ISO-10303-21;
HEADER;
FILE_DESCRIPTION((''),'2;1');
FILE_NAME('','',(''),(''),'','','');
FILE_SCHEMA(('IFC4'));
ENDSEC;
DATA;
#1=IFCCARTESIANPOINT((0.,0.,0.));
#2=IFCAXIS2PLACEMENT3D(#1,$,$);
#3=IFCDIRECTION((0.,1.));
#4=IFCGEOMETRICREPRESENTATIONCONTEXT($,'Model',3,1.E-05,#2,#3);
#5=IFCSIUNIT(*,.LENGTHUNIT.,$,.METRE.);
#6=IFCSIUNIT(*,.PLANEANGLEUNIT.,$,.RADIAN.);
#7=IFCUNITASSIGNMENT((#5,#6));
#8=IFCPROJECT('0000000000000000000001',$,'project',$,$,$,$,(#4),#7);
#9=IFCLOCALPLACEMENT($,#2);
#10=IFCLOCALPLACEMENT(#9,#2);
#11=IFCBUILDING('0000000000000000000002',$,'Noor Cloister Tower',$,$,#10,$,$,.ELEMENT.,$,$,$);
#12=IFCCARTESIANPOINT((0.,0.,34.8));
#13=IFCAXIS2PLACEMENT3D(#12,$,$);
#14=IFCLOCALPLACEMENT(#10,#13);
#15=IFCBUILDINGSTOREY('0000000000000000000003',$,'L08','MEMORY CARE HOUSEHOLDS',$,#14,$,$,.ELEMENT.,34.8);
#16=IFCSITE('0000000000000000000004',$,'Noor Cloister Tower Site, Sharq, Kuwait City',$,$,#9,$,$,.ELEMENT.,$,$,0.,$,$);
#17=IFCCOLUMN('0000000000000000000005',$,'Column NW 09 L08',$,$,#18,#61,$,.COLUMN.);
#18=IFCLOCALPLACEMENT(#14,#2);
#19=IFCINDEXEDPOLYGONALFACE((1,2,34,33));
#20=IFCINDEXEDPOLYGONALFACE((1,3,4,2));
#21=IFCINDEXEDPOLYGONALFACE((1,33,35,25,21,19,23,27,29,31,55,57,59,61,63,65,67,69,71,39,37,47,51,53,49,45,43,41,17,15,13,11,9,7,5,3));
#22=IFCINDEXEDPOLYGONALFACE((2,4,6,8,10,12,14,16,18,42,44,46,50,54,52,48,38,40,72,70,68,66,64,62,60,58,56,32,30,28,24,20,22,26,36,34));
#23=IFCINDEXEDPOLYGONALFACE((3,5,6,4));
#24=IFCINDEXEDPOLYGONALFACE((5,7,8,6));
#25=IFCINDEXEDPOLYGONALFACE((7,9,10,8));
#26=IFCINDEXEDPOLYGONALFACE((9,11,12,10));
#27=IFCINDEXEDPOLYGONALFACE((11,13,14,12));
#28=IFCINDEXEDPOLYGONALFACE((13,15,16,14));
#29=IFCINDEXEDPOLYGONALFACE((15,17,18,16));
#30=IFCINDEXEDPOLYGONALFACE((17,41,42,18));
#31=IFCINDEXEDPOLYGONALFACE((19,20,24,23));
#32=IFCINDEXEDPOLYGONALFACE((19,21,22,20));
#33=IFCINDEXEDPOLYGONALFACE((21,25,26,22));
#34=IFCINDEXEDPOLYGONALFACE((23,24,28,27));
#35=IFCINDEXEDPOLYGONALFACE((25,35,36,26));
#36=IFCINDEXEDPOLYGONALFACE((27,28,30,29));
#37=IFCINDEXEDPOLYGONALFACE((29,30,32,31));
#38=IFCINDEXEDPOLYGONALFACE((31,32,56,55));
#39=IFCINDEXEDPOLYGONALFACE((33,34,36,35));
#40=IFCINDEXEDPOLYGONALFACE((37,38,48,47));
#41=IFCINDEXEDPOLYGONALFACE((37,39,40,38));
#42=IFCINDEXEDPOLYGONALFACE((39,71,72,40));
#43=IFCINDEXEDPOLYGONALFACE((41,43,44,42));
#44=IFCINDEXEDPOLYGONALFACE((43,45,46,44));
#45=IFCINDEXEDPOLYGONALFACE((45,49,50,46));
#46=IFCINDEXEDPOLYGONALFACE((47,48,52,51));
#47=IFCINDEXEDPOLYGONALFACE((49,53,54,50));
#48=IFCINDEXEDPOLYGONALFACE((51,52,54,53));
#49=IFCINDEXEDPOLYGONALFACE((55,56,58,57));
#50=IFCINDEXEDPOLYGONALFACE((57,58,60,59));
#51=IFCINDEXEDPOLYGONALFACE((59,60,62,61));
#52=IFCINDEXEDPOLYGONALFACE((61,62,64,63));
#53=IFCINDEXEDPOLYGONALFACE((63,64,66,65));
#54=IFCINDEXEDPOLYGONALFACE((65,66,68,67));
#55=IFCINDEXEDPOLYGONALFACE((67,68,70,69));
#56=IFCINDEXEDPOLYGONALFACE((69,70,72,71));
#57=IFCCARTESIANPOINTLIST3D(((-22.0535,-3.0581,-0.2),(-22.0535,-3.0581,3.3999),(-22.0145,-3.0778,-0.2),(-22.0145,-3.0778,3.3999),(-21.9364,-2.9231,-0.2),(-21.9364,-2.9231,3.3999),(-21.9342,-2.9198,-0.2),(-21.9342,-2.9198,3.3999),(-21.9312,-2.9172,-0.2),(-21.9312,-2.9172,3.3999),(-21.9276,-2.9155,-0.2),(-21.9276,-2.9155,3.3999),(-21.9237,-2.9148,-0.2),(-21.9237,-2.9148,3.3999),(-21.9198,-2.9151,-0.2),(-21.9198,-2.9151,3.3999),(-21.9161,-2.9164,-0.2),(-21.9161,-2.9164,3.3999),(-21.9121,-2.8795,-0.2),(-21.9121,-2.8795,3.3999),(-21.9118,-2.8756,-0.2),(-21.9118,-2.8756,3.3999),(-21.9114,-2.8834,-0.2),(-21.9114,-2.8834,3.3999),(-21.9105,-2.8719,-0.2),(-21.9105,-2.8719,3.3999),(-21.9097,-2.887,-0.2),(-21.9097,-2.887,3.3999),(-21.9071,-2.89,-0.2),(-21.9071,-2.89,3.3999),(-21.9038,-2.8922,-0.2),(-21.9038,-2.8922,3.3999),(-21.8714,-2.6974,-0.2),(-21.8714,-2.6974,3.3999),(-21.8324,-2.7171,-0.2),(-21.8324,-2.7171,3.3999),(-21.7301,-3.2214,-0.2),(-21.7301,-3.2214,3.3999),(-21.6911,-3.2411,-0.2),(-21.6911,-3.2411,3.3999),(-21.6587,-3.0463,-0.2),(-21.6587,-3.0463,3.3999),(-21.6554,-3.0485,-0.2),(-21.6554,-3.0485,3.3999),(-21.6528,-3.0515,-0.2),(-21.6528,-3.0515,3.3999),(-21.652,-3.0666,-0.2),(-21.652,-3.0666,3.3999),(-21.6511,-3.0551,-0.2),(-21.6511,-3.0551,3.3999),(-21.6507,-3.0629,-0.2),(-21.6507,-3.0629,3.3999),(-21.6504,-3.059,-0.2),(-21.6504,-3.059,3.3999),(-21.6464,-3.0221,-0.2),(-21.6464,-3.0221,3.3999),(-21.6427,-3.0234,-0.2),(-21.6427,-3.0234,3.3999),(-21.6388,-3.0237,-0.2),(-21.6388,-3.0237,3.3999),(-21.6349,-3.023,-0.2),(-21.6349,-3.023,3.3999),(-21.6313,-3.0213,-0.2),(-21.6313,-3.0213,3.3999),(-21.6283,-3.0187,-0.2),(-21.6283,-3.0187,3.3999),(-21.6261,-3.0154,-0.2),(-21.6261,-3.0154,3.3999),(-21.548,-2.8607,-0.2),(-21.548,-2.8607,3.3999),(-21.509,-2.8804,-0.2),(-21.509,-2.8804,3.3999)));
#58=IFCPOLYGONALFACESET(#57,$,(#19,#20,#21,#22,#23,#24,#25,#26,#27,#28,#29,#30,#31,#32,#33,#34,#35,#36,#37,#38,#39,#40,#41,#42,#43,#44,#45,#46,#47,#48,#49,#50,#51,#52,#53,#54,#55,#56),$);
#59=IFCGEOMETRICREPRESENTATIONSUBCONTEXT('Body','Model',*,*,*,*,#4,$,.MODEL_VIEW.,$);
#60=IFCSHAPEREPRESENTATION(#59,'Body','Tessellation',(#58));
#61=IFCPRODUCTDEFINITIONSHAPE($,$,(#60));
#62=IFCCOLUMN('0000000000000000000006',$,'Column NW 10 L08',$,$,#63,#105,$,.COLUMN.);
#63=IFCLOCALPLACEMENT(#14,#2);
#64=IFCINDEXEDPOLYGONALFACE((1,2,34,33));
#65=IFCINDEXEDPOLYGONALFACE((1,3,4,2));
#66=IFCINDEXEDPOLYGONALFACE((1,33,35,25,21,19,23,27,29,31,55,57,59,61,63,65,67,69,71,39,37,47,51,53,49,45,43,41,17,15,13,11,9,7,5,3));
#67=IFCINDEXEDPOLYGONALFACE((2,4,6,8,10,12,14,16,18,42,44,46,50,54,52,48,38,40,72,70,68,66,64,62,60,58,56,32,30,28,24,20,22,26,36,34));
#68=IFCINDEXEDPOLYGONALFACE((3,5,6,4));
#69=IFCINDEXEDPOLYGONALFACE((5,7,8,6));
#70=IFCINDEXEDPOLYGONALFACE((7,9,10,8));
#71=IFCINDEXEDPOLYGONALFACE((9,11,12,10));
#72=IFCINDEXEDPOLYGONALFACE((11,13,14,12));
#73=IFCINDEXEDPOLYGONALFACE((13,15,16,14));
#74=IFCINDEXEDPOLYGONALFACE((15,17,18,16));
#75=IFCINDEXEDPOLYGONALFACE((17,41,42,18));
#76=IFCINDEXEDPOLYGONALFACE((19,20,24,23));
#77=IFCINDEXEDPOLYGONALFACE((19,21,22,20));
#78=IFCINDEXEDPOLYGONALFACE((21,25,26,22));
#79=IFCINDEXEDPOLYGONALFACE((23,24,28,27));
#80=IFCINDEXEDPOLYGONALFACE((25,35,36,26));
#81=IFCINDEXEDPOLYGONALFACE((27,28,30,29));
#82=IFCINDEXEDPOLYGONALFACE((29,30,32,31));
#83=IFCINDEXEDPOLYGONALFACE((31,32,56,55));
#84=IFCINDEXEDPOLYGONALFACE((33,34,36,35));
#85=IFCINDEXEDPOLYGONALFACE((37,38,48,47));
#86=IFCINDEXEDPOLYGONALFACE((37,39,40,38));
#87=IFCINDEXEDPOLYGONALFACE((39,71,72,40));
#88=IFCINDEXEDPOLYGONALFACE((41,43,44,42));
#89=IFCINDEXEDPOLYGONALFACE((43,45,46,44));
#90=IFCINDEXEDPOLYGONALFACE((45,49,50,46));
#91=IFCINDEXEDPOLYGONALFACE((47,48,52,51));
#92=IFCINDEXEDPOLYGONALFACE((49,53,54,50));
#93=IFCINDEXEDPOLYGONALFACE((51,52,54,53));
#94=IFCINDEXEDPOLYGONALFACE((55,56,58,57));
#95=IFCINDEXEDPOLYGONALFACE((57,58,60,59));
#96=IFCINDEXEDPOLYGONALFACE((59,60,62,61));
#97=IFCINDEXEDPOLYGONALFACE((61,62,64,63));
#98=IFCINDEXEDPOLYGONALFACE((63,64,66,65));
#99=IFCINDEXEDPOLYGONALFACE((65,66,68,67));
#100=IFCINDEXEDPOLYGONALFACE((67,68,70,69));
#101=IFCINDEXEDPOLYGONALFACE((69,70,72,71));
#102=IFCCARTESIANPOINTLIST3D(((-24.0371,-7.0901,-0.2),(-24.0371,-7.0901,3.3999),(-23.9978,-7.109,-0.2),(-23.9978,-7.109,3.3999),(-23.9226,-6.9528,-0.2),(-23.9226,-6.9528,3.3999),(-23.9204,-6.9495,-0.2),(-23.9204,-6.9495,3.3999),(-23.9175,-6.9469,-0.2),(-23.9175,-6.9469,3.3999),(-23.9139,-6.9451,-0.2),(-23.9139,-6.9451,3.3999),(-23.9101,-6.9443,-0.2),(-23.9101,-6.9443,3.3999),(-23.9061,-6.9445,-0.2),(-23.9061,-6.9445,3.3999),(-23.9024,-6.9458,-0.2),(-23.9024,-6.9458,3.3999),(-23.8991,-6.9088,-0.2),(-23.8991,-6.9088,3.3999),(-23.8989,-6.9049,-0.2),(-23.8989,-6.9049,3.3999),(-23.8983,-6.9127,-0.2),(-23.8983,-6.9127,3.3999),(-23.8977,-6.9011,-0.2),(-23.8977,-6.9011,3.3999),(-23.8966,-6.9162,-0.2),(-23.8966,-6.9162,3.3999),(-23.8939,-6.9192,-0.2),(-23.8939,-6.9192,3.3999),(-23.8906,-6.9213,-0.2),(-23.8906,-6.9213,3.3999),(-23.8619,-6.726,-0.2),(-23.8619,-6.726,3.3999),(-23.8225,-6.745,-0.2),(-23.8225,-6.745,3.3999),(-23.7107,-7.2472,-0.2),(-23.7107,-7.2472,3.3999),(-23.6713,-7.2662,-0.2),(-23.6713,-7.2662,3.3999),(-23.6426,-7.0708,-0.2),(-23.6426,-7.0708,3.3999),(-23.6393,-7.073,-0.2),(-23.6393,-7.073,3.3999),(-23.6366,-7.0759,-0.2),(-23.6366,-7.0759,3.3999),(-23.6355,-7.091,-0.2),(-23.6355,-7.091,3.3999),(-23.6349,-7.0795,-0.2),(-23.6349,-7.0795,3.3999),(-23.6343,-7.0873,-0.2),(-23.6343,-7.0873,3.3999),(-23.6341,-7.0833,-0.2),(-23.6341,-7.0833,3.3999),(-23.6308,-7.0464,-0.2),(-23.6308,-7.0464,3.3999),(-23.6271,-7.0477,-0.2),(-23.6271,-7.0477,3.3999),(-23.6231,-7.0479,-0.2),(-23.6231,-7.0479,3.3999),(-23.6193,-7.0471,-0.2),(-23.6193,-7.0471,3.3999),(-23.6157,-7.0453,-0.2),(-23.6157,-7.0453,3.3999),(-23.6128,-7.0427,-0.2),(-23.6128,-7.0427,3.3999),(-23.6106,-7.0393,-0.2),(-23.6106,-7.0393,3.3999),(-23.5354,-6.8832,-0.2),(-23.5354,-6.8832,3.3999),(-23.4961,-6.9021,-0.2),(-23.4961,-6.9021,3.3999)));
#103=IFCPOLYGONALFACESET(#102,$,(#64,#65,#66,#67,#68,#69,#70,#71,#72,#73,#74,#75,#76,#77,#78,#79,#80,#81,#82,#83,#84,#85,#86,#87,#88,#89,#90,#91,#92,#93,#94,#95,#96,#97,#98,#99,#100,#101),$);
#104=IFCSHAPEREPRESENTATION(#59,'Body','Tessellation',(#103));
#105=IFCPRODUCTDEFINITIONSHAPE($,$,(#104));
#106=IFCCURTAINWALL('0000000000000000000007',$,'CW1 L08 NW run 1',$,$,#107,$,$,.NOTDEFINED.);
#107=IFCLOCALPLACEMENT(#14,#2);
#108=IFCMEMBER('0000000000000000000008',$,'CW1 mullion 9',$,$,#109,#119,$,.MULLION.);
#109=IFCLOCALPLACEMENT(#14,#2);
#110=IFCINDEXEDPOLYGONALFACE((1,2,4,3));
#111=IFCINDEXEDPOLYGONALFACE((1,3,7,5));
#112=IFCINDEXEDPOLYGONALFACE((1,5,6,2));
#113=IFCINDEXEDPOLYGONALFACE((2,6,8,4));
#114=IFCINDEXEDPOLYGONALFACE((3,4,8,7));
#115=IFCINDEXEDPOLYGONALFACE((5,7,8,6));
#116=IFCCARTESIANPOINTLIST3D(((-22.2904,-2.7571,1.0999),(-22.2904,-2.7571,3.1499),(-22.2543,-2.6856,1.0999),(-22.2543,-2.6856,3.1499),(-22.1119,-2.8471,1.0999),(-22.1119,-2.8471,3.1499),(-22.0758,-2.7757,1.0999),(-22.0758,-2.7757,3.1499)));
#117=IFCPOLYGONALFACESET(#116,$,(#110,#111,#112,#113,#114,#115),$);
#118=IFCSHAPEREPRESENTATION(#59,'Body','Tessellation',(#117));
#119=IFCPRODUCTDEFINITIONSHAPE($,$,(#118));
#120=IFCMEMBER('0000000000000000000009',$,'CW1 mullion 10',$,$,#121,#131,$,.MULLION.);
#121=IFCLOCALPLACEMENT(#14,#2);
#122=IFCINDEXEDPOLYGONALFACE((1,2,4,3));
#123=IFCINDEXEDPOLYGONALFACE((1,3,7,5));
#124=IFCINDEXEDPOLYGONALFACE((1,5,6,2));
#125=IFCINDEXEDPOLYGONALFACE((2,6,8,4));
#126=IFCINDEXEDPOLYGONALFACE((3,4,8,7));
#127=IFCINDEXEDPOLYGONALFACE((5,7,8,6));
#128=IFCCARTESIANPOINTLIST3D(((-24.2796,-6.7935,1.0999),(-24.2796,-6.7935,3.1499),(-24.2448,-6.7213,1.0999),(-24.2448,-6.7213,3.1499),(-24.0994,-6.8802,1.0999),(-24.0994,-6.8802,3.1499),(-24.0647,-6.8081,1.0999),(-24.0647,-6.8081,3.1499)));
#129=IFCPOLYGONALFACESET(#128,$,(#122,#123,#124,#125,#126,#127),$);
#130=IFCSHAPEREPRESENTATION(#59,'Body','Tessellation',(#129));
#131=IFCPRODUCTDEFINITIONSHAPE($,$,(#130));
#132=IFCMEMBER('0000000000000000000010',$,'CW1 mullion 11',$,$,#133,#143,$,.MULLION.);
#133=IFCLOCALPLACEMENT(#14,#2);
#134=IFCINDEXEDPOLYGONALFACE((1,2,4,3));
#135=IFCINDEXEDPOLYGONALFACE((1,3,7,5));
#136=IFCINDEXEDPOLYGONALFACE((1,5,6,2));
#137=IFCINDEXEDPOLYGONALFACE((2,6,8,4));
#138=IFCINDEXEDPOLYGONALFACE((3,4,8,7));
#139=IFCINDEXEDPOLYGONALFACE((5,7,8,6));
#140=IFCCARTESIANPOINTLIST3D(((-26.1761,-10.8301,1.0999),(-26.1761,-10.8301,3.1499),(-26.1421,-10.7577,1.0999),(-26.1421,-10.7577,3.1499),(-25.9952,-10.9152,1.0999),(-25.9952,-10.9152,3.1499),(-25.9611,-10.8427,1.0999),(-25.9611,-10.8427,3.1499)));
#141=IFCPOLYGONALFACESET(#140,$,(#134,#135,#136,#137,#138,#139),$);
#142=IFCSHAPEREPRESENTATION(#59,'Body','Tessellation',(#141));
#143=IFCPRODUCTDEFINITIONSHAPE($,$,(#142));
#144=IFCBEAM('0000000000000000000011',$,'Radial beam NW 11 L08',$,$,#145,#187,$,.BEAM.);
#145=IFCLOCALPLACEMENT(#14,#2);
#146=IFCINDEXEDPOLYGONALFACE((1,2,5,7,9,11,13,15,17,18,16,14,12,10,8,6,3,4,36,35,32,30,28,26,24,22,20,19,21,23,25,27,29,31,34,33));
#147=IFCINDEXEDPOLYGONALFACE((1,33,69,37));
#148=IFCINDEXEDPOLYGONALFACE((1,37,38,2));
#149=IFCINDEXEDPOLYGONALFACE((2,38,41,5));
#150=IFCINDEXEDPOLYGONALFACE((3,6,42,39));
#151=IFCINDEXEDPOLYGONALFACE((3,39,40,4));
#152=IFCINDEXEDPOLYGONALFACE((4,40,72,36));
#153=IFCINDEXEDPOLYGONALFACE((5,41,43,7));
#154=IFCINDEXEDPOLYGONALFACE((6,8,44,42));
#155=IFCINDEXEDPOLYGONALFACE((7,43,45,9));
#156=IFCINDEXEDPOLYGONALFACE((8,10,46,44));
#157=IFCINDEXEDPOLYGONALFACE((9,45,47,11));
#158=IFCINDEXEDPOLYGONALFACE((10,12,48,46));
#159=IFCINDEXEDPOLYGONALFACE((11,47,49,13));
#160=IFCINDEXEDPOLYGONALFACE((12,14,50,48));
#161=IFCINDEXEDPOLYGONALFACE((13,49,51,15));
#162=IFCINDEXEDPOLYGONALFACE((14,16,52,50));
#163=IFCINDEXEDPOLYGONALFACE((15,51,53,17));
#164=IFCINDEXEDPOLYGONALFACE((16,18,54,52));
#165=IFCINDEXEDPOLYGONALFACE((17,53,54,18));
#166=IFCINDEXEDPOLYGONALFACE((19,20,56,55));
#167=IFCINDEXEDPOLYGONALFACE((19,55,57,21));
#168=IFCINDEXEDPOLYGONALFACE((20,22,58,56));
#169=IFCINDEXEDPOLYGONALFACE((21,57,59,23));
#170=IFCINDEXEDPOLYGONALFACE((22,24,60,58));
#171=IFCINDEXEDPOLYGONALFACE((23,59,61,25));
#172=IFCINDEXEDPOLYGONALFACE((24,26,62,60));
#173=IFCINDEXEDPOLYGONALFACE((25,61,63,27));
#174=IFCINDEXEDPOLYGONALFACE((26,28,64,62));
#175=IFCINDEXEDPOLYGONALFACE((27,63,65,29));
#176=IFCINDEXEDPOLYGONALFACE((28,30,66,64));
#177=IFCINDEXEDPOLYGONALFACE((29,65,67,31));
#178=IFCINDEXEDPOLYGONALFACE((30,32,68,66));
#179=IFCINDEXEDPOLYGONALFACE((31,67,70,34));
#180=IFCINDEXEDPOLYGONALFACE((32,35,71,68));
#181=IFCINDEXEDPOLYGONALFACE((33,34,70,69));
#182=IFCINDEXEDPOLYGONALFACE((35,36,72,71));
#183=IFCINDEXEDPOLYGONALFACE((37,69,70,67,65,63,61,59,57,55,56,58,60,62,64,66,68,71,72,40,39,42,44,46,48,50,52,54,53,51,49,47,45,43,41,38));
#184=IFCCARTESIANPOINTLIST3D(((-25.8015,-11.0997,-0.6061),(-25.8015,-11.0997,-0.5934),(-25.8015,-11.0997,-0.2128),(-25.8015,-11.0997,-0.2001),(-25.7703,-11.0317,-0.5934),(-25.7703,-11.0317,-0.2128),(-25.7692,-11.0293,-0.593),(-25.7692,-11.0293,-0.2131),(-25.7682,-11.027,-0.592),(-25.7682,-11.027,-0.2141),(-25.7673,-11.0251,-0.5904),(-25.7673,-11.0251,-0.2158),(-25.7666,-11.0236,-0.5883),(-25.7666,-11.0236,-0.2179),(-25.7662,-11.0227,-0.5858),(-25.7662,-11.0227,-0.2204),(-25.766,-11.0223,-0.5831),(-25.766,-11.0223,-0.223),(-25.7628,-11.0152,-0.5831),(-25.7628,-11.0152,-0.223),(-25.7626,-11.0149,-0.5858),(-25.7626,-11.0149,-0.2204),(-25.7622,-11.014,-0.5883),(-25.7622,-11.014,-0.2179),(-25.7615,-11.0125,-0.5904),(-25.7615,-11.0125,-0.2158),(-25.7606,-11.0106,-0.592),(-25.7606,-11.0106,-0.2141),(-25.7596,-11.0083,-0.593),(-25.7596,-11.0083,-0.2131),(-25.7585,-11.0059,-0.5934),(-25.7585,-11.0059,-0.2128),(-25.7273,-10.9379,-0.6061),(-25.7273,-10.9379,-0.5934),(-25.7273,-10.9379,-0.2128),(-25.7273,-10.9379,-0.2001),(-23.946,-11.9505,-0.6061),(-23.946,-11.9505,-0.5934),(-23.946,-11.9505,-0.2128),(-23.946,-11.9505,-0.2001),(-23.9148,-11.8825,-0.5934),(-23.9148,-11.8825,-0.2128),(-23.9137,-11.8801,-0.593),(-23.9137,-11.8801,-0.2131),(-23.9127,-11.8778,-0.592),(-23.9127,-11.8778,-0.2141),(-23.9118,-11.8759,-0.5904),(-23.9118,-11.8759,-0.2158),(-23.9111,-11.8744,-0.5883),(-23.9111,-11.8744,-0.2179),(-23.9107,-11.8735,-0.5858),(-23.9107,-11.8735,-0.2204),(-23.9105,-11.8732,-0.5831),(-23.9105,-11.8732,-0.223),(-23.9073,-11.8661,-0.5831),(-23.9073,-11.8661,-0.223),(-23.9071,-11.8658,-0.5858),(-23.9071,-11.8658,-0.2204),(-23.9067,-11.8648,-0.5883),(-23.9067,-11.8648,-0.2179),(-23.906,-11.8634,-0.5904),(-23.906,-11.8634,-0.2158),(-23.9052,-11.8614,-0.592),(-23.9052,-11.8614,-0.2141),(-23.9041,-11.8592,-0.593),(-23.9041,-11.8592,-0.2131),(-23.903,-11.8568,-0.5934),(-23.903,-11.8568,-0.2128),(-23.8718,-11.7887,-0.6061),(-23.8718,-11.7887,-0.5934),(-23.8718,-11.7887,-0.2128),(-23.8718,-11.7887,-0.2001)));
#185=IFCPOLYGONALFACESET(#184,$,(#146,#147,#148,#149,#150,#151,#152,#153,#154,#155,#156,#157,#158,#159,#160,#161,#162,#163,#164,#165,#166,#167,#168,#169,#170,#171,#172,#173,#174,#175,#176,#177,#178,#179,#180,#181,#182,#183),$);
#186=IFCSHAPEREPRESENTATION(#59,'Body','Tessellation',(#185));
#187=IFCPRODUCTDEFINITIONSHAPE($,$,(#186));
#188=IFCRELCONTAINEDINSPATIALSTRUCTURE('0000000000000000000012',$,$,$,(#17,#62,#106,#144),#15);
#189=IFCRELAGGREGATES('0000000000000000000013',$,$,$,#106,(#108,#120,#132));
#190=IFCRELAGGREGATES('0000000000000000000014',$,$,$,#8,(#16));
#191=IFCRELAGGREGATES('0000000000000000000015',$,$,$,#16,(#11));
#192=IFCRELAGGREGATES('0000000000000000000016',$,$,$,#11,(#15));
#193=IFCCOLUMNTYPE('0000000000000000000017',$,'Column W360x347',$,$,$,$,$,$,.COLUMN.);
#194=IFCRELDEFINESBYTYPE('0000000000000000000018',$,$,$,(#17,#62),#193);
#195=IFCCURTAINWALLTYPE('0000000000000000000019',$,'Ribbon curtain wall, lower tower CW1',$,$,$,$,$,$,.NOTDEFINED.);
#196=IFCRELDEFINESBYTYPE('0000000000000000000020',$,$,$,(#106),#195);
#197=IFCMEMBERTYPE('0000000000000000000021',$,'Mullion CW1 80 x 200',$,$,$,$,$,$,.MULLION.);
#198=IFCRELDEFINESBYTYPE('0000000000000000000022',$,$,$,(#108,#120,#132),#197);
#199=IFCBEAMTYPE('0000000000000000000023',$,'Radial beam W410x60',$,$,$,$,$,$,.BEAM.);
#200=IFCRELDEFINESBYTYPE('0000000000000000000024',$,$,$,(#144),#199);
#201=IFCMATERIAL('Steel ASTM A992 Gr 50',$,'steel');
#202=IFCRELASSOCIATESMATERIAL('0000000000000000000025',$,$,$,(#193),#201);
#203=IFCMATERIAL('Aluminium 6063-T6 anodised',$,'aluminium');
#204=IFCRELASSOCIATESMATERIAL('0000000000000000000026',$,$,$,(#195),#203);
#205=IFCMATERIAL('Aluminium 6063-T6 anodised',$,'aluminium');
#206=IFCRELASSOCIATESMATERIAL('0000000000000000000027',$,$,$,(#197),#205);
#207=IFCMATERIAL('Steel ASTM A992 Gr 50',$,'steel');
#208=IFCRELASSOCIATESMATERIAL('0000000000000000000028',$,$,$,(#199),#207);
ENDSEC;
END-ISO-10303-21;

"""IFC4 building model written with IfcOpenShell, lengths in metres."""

from ifc_helpers import new_model, si_unit, direction, frame, origin, origin_2d, place, context, subcontext, project, spatial, rectangle, i_section, extrude, material, material_profile, profile_set, type_object, element, aggregate, save


model = new_model("IFC4")

# Units and contexts
model_context = context("Model", 3, precision=1e-05, world=origin(), true_north=direction((0.0, 1.0)))
body_context = subcontext(model_context, "Body", "Model", "MODEL_VIEW")
ifc_project = project(units=[si_unit("LENGTHUNIT", "METRE"), si_unit("PLANEANGLEUNIT", "RADIAN")], contexts=[model_context])

# Site, building, storey
site_placement = place(None, origin())
site = spatial("IfcSite", under=ifc_project, at=site_placement, Name="Noor Cloister Tower Site, Sharq, Kuwait City", CompositionType="ELEMENT", RefElevation=0.0)
building_placement = place(site_placement, origin())
building = spatial("IfcBuilding", under=site, at=building_placement, Name="Noor Cloister Tower", CompositionType="ELEMENT")
storey_placement = place(building_placement, frame((0.0, 0.0, 34.8)))
storey = spatial("IfcBuildingStorey", under=building, at=storey_placement, Name="L08", Description="MEMORY CARE HOUSEHOLDS", CompositionType="ELEMENT", Elevation=34.8)

# Columns
ifc_material_1 = material(Name="Steel ASTM A992 Gr 50", Category="steel")
ifc_material_profile_1 = material_profile(ifc_material_1, i_section(OverallWidth=0.4041, OverallDepth=0.406, WebThickness=0.0271, FlangeThickness=0.0437, FilletRadius=0.0151, at=origin_2d()), Name="W360x347")
ifc_profile_set_1 = profile_set([ifc_material_profile_1], Name="Steel ASTM A992 Gr 50")
column_type = type_object("IfcColumnType", Name="Column W360x347", PredefinedType="COLUMN", material=ifc_profile_set_1)
for number, where, z_axis, x_axis, name in (
    (1, (-21.7812, -2.9692, -0.2), (0.0, 0.0, 1.0), (-0.450581, -0.892735, 0.0), "Column NW 09 L08"),
    (2, (-23.7666, -6.9961, -0.2), (0.0, 0.0, 1.0), (-0.433785, -0.901017, 0.0), "Column NW 10 L08"),
):
    element("IfcColumn", number, at=place(storey_placement, frame(where, z_axis=z_axis, x_axis=x_axis)), inside=storey, type_object=column_type, Name=name, PredefinedType="COLUMN", context=body_context, shape_type="SweptSolid", body=[
        extrude(i_section(OverallWidth=0.4041, OverallDepth=0.406, WebThickness=0.0271, FlangeThickness=0.0437, FilletRadius=0.0151, at=origin_2d()), origin(), (0.0, 0.0, 1.0), 3.5999),
    ])

# Curtain wall, members
ifc_material_2 = material(Name="Aluminium 6063-T6 anodised", Category="aluminium")
curtain_wall_type = type_object("IfcCurtainWallType", Name="Ribbon curtain wall, lower tower CW1", PredefinedType="NOTDEFINED", material=ifc_material_2)
curtain_wall_placement = place(storey_placement, origin())
curtain_wall = element("IfcCurtainWall", 3, at=curtain_wall_placement, inside=storey, type_object=curtain_wall_type, Name="CW1 L08 NW run 1", PredefinedType="NOTDEFINED")
ifc_material_3 = material(Name="Aluminium 6063-T6 anodised", Category="aluminium")
ifc_material_profile_2 = material_profile(ifc_material_3, rectangle(XDim=0.2, YDim=0.0801, at=origin_2d()), Name="200 x 80 mullion")
ifc_profile_set_2 = profile_set([ifc_material_profile_2], Name="Aluminium 6063-T6 anodised")
member_type = type_object("IfcMemberType", Name="Mullion CW1 80 x 200", PredefinedType="MULLION", material=ifc_profile_set_2)
member_1_placement = place(storey_placement, frame((-22.1831, -2.7664, 1.0999), z_axis=(0.0, 0.0, 1.0), x_axis=(0.892735, -0.450581, 0.0)))
member_1 = element("IfcMember", 4, at=member_1_placement, type_object=member_type, Name="CW1 mullion 9", PredefinedType="MULLION", context=body_context, shape_type="SweptSolid", body=[
    extrude(rectangle(XDim=0.2, YDim=0.0801, at=origin_2d()), origin(), (0.0, 0.0, 1.0), 2.05),
])
member_2_placement = place(storey_placement, frame((-24.1721, -6.8008, 1.0999), z_axis=(0.0, 0.0, 1.0), x_axis=(0.901017, -0.433785, 0.0)))
member_2 = element("IfcMember", 5, at=member_2_placement, type_object=member_type, Name="CW1 mullion 10", PredefinedType="MULLION", context=body_context, shape_type="SweptSolid", body=[
    extrude(rectangle(XDim=0.2, YDim=0.0801, at=origin_2d()), origin(), (0.0, 0.0, 1.0), 2.05),
])
member_3_placement = place(storey_placement, frame((-26.0686, -10.8364, 1.0999), z_axis=(0.0, 0.0, 1.0), x_axis=(0.905039, -0.425329, 0.0)))
member_3 = element("IfcMember", 6, at=member_3_placement, type_object=member_type, Name="CW1 mullion 11", PredefinedType="MULLION", context=body_context, shape_type="SweptSolid", body=[
    extrude(rectangle(XDim=0.2, YDim=0.0801, at=origin_2d()), origin(), (0.0, 0.0, 1.0), 2.05),
])

# Beam
ifc_material_4 = material(Name="Steel ASTM A992 Gr 50", Category="steel")
ifc_material_profile_3 = material_profile(ifc_material_4, i_section(OverallWidth=0.178, OverallDepth=0.406, WebThickness=0.0078, FlangeThickness=0.0127, FilletRadius=0.0103, at=origin_2d()), Name="W410x60")
ifc_profile_set_3 = profile_set([ifc_material_profile_3], Name="Steel ASTM A992 Gr 50")
beam_type_1 = type_object("IfcBeamType", Name="Radial beam W410x60", PredefinedType="BEAM", material=ifc_profile_set_3)
beam_1_placement = place(storey_placement, frame((-25.7644, -11.0188, -0.4031), z_axis=(0.908989, -0.416819, 0.0), x_axis=(0.416819, 0.908989, 0.0)))
element("IfcBeam", 7, at=beam_1_placement, inside=storey, type_object=beam_type_1, Name="Radial beam NW 11 L08", PredefinedType="BEAM", context=body_context, shape_type="SweptSolid", body=[
    extrude(i_section(OverallWidth=0.178, OverallDepth=0.406, WebThickness=0.0078, FlangeThickness=0.0127, FilletRadius=0.0103, at=origin_2d()), origin(), (0.0, 0.0, 1.0), 2.0413),
])

aggregate(curtain_wall, [member_1, member_2, member_3])

save(model, "model.ifc")
